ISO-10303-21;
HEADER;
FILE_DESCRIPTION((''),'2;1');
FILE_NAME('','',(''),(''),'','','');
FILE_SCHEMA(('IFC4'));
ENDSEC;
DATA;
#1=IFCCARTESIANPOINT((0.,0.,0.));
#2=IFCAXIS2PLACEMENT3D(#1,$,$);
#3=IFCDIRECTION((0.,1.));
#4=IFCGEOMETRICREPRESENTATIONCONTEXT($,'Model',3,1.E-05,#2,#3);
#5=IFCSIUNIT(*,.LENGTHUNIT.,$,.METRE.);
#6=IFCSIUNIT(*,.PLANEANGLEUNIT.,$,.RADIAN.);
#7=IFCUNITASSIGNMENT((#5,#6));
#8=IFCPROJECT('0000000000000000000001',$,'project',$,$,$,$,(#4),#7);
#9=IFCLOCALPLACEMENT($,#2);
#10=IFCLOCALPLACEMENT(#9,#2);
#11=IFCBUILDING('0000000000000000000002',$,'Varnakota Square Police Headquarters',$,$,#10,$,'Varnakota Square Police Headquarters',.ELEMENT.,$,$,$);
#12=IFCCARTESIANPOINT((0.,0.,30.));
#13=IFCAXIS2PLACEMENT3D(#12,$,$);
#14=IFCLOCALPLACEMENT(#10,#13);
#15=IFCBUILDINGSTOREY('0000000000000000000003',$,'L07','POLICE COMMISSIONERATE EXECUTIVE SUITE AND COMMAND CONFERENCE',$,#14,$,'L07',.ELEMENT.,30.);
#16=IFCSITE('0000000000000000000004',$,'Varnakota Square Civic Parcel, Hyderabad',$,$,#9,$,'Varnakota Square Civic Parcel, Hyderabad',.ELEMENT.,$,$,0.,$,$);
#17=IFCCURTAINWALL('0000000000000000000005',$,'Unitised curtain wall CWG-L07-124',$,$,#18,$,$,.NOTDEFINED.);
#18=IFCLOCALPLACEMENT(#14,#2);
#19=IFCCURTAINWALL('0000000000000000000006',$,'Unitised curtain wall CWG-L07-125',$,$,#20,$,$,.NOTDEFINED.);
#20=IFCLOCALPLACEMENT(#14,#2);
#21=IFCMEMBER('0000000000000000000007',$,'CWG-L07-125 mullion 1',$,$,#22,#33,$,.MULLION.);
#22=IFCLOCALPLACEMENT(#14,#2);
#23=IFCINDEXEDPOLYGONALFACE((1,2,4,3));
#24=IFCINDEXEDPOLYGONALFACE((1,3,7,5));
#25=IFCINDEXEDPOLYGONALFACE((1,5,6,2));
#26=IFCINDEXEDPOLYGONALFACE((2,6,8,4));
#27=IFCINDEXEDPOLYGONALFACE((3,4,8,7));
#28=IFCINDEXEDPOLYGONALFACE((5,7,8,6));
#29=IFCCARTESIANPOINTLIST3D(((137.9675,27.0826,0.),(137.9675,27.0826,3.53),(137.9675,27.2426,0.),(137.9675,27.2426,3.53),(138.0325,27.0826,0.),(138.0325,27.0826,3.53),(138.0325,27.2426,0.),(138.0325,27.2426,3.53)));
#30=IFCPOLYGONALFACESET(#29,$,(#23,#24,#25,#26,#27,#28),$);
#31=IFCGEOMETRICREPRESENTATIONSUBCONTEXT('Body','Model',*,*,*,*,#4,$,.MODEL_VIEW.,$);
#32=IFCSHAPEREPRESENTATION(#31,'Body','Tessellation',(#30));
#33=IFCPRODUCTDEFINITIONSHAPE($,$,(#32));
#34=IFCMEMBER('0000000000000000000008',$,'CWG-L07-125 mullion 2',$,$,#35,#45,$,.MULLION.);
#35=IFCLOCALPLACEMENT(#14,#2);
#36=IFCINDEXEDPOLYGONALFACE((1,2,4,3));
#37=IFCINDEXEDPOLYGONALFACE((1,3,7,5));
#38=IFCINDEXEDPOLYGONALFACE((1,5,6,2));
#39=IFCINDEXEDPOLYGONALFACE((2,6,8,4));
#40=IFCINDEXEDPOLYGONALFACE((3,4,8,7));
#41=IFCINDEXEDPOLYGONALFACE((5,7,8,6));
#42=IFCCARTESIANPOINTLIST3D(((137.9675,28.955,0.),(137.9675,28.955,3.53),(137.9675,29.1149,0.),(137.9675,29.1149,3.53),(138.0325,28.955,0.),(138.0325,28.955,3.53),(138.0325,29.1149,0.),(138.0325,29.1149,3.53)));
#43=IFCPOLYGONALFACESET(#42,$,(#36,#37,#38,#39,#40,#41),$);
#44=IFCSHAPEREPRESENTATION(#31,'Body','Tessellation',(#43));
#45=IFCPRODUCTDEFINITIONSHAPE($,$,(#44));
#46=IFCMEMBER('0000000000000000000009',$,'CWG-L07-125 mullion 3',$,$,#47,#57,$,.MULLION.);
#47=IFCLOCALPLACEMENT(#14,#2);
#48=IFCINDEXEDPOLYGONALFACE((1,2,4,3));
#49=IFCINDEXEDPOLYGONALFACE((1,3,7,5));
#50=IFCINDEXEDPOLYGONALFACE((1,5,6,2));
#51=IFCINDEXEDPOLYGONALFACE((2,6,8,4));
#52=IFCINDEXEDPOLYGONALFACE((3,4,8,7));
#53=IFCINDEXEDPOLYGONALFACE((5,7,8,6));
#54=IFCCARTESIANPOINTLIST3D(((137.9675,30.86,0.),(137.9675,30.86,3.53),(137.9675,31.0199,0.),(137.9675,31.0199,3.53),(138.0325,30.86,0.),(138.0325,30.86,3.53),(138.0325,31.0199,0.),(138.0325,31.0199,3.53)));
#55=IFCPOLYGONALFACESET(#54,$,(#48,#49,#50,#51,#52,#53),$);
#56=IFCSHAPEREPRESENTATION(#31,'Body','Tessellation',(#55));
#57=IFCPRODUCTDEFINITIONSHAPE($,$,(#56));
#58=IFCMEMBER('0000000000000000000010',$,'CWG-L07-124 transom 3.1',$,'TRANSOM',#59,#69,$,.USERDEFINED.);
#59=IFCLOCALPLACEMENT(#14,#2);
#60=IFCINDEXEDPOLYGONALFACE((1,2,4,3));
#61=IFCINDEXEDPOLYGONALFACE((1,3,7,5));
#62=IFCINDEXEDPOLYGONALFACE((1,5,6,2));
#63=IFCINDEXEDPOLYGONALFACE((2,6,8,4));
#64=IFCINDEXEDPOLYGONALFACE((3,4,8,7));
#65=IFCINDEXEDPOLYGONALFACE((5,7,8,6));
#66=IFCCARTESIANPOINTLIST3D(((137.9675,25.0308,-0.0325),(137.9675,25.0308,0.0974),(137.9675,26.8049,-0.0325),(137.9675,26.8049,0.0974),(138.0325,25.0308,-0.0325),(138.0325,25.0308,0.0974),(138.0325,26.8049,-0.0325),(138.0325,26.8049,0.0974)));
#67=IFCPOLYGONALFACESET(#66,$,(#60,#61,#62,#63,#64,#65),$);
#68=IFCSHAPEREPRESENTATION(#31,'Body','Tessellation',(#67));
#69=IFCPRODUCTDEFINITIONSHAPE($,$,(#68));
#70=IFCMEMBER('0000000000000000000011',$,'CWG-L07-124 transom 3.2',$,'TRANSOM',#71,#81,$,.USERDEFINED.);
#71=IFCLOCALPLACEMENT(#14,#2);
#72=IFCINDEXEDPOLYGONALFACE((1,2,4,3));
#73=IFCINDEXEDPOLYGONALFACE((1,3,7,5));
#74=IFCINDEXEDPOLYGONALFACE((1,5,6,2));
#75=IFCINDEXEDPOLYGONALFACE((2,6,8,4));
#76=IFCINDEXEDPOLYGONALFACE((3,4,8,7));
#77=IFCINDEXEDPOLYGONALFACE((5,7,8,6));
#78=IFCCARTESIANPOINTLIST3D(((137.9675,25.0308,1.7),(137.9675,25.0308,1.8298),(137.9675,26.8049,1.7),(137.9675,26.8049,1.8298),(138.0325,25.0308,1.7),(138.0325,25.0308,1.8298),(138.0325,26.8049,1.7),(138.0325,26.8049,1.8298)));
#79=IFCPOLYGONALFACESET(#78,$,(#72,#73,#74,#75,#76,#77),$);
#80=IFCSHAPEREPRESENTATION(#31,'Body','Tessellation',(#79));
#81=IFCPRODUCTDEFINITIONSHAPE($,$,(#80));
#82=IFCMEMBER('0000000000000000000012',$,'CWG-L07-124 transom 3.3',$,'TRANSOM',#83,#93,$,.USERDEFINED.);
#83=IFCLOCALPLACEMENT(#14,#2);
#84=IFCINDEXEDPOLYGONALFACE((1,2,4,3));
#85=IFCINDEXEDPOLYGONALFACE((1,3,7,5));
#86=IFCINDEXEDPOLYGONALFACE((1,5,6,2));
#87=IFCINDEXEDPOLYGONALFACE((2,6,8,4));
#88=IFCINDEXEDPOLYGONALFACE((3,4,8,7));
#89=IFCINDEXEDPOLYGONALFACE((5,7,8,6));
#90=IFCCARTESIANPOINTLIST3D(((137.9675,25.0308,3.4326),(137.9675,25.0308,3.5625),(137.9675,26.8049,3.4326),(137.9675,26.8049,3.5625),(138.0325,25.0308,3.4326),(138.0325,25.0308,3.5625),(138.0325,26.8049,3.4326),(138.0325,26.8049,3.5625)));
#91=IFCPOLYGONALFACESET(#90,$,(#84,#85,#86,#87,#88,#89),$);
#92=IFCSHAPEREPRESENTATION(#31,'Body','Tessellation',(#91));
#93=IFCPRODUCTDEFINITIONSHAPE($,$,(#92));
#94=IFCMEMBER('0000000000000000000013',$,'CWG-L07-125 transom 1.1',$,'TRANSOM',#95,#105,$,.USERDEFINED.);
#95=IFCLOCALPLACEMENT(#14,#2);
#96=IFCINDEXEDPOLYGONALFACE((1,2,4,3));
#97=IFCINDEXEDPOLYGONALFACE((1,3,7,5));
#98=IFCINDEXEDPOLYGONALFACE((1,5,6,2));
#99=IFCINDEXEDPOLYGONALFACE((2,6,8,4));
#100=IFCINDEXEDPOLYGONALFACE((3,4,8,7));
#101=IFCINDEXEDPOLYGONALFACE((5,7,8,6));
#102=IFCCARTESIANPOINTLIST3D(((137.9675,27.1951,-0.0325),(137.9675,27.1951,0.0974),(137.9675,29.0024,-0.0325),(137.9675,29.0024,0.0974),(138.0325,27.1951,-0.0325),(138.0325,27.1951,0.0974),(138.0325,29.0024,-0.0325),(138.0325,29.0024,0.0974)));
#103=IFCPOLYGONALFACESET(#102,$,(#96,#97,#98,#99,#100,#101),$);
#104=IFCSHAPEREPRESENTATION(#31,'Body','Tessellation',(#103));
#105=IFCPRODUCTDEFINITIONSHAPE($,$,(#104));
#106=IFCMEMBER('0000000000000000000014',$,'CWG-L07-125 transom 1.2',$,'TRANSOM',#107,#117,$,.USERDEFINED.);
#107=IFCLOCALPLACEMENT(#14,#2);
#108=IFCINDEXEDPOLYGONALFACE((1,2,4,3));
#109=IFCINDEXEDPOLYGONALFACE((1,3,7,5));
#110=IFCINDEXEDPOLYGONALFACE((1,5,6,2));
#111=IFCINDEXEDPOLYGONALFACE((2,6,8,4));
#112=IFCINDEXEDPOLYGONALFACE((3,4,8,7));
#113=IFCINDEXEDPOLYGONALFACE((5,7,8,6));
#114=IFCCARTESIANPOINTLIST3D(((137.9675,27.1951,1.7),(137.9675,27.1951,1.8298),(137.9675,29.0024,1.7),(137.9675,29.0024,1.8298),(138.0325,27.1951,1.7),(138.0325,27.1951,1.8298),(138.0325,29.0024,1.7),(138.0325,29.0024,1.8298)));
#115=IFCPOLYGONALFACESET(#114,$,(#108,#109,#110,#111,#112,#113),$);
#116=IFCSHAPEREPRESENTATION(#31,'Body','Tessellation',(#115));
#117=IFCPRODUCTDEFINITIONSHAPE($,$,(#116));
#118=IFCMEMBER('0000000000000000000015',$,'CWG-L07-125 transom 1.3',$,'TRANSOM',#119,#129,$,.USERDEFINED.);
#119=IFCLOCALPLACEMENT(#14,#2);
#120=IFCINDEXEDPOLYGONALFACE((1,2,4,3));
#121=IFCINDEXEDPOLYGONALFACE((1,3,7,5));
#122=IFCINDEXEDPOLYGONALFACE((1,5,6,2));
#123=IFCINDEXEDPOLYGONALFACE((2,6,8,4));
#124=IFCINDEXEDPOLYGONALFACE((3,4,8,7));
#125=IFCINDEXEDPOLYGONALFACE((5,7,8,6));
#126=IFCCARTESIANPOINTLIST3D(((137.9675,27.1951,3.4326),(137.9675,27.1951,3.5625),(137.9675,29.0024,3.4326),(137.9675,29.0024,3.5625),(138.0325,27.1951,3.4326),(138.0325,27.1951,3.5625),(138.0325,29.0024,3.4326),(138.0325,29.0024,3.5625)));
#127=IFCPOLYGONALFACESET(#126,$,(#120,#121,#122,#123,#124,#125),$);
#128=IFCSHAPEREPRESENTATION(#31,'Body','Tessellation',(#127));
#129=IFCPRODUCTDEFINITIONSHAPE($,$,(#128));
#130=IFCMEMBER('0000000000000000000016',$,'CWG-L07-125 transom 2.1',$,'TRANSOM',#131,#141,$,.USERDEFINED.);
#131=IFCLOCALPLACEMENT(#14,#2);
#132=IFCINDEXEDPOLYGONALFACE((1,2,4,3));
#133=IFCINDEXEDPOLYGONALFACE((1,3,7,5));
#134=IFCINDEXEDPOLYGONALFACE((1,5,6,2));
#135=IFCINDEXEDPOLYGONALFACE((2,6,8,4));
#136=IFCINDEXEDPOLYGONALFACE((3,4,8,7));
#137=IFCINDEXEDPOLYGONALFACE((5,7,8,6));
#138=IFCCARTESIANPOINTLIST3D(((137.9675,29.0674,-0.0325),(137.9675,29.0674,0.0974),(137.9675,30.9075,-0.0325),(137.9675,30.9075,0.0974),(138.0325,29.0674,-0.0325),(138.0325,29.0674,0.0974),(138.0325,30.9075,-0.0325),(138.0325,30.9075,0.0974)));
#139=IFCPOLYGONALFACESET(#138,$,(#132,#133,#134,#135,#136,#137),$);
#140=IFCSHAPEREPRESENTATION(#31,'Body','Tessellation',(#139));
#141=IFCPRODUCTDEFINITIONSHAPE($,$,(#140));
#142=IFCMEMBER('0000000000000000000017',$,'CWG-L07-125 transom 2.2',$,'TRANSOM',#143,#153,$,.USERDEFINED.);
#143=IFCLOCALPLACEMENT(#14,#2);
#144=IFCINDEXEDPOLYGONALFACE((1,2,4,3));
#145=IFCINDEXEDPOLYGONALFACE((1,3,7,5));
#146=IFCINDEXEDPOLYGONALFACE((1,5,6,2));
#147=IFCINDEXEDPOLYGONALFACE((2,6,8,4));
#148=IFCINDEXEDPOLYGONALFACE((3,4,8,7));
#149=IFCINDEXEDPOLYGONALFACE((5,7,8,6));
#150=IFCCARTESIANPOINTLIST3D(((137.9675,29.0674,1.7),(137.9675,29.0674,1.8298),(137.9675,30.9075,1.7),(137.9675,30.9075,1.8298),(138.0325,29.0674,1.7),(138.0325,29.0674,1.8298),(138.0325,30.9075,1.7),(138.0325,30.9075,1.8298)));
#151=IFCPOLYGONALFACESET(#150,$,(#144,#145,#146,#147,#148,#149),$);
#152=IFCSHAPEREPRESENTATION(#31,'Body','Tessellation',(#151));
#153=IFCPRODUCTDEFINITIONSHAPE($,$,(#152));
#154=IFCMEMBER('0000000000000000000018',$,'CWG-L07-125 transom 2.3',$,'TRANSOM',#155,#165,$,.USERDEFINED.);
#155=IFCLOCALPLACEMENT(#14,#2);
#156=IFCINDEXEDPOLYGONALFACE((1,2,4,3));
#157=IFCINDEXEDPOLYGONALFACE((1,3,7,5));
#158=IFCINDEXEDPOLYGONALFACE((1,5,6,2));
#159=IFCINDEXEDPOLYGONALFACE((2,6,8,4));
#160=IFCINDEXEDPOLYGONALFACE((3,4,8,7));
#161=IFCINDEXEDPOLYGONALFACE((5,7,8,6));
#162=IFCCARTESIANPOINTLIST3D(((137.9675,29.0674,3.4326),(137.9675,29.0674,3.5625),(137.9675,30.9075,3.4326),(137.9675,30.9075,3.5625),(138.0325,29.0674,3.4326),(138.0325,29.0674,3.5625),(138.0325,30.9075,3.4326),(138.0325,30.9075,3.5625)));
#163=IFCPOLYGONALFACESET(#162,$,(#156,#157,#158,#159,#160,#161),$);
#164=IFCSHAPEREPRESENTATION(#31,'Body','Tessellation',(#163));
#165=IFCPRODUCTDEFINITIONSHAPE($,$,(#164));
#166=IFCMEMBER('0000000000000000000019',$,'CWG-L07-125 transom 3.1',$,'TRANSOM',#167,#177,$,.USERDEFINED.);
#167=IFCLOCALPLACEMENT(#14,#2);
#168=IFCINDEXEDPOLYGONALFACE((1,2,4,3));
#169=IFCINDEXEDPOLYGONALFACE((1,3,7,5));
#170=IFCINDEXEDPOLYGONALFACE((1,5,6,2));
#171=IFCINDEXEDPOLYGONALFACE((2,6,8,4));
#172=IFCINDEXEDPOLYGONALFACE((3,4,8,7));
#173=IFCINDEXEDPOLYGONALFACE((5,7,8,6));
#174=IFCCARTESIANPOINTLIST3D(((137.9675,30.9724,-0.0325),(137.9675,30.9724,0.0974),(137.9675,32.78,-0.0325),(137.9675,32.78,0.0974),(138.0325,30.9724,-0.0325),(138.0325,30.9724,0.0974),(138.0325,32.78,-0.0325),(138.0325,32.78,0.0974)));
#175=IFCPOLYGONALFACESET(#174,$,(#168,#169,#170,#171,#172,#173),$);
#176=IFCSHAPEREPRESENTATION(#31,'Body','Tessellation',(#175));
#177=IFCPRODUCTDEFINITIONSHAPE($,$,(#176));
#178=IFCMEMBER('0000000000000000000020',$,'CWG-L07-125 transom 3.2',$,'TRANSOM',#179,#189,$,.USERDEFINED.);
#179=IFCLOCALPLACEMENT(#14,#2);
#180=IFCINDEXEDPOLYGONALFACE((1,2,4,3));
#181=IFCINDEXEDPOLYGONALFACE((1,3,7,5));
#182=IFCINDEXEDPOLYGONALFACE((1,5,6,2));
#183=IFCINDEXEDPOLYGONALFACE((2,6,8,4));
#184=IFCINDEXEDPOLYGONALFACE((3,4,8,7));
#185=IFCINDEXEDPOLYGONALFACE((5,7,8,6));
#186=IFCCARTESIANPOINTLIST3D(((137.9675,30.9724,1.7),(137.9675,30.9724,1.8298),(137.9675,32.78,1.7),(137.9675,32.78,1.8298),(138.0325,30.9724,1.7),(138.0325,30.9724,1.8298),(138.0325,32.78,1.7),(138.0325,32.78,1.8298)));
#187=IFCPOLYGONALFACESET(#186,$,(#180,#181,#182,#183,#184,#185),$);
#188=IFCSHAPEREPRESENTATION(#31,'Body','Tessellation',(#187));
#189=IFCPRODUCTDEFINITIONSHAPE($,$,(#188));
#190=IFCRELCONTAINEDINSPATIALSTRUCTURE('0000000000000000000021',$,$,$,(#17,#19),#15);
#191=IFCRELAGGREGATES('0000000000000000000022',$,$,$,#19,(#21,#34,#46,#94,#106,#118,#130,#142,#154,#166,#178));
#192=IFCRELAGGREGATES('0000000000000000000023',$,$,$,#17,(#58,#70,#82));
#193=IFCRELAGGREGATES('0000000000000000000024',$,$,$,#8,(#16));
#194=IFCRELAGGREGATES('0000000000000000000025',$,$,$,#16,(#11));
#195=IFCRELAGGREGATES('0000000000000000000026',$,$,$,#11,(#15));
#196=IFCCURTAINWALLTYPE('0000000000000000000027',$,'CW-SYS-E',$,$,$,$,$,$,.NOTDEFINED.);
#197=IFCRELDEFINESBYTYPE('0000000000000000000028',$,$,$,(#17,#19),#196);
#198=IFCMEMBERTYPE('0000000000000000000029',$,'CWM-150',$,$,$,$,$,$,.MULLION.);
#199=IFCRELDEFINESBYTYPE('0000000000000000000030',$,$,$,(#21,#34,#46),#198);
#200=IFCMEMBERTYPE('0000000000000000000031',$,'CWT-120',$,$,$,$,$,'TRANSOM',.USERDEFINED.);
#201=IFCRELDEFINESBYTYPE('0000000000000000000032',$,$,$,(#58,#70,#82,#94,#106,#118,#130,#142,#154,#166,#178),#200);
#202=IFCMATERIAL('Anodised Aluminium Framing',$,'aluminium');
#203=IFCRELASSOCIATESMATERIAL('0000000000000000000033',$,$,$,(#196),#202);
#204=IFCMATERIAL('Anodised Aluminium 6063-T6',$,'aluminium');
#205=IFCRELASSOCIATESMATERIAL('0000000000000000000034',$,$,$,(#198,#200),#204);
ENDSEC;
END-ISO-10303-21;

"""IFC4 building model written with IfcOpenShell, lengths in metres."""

from ifc_helpers import new_model, si_unit, direction, frame, origin, origin_2d, place, context, subcontext, project, spatial, rectangle, extrude, material, material_profile, profile_set, type_object, element, aggregate, save


model = new_model("IFC4")

# Units and contexts
model_context = context("Model", 3, precision=1e-05, world=origin(), true_north=direction((0.0, 1.0)))
body_context = subcontext(model_context, "Body", "Model", "MODEL_VIEW")
ifc_project = project(units=[si_unit("LENGTHUNIT", "METRE"), si_unit("PLANEANGLEUNIT", "RADIAN")], contexts=[model_context])

# Site, building, storey
site_placement = place(None, origin())
site = spatial("IfcSite", under=ifc_project, at=site_placement, Name="Varnakota Square Civic Parcel, Hyderabad", LongName="Varnakota Square Civic Parcel, Hyderabad", CompositionType="ELEMENT", RefElevation=0.0)
building_placement = place(site_placement, origin())
building = spatial("IfcBuilding", under=site, at=building_placement, Name="Varnakota Square Police Headquarters", LongName="Varnakota Square Police Headquarters", CompositionType="ELEMENT")
storey_placement = place(building_placement, frame((0.0, 0.0, 30.0)))
storey = spatial("IfcBuildingStorey", under=building, at=storey_placement, Name="L07", Description="POLICE COMMISSIONERATE EXECUTIVE SUITE AND COMMAND CONFERENCE", LongName="L07", CompositionType="ELEMENT", Elevation=30.0)

# Curtain walls, members
ifc_material_1 = material(Name="Anodised Aluminium Framing", Category="aluminium")
curtain_wall_type = type_object("IfcCurtainWallType", Name="CW-SYS-E", PredefinedType="NOTDEFINED", material=ifc_material_1)
curtain_wall_1_placement = place(storey_placement, origin())
curtain_wall_1 = element("IfcCurtainWall", 1, at=curtain_wall_1_placement, inside=storey, type_object=curtain_wall_type, Name="Unitised curtain wall CWG-L07-124", PredefinedType="NOTDEFINED")
ifc_material_2 = material(Name="Anodised Aluminium 6063-T6", Category="aluminium")
ifc_material_profile_1 = material_profile(ifc_material_2, rectangle(XDim=0.0649, YDim=0.1599, at=origin_2d()), Name="ALU MULLION 65x160")
ifc_profile_set_1 = profile_set([ifc_material_profile_1], Name="Anodised Aluminium 6063-T6")
member_type_1 = type_object("IfcMemberType", Name="CWM-150", PredefinedType="MULLION", material=ifc_profile_set_1)
curtain_wall_2_placement = place(storey_placement, origin())
curtain_wall_2 = element("IfcCurtainWall", 2, at=curtain_wall_2_placement, inside=storey, type_object=curtain_wall_type, Name="Unitised curtain wall CWG-L07-125", PredefinedType="NOTDEFINED")
member_1_placement = place(storey_placement, frame((138.0, 27.1626, 0.0), z_axis=(0.0, 0.0, 1.0), x_axis=(-1.0, 0.0, 0.0)))
member_1 = element("IfcMember", 3, at=member_1_placement, type_object=member_type_1, Name="CWG-L07-125 mullion 1", PredefinedType="MULLION", context=body_context, shape_type="SweptSolid", body=[
    extrude(rectangle(XDim=0.0649, YDim=0.1599, at=origin_2d()), origin(), (0.0, 0.0, 1.0), 3.53),
])
member_2_placement = place(storey_placement, frame((138.0, 29.0349, 0.0), z_axis=(0.0, 0.0, 1.0), x_axis=(-1.0, 0.0, 0.0)))
member_2 = element("IfcMember", 4, at=member_2_placement, type_object=member_type_1, Name="CWG-L07-125 mullion 2", PredefinedType="MULLION", context=body_context, shape_type="SweptSolid", body=[
    extrude(rectangle(XDim=0.0649, YDim=0.1599, at=origin_2d()), origin(), (0.0, 0.0, 1.0), 3.53),
])
member_3_placement = place(storey_placement, frame((138.0, 30.9399, 0.0), z_axis=(0.0, 0.0, 1.0), x_axis=(-1.0, 0.0, 0.0)))
member_3 = element("IfcMember", 5, at=member_3_placement, type_object=member_type_1, Name="CWG-L07-125 mullion 3", PredefinedType="MULLION", context=body_context, shape_type="SweptSolid", body=[
    extrude(rectangle(XDim=0.0649, YDim=0.1599, at=origin_2d()), origin(), (0.0, 0.0, 1.0), 3.53),
])

# Members
ifc_material_profile_2 = material_profile(ifc_material_2, rectangle(XDim=0.0649, YDim=0.1299, at=origin_2d()), Name="ALU TRANSOM 65x130")
ifc_profile_set_2 = profile_set([ifc_material_profile_2], Name="Anodised Aluminium 6063-T6")
member_type_2 = type_object("IfcMemberType", Name="CWT-120", ElementType="TRANSOM", PredefinedType="USERDEFINED", material=ifc_profile_set_2)
member_4_placement = place(storey_placement, frame((138.0, 25.0308, 0.0325), z_axis=(0.0, 1.0, 0.0), x_axis=(-1.0, 0.0, 0.0)))
member_4 = element("IfcMember", 6, at=member_4_placement, type_object=member_type_2, Name="CWG-L07-124 transom 3.1", ObjectType="TRANSOM", PredefinedType="USERDEFINED", context=body_context, shape_type="SweptSolid", body=[
    extrude(rectangle(XDim=0.0649, YDim=0.1299, at=origin_2d()), origin(), (0.0, 0.0, 1.0), 1.7742),
])
member_5_placement = place(storey_placement, frame((138.0, 25.0308, 1.7649), z_axis=(0.0, 1.0, 0.0), x_axis=(-1.0, 0.0, 0.0)))
member_5 = element("IfcMember", 7, at=member_5_placement, type_object=member_type_2, Name="CWG-L07-124 transom 3.2", ObjectType="TRANSOM", PredefinedType="USERDEFINED", context=body_context, shape_type="SweptSolid", body=[
    extrude(rectangle(XDim=0.0649, YDim=0.1299, at=origin_2d()), origin(), (0.0, 0.0, 1.0), 1.7742),
])
member_6_placement = place(storey_placement, frame((138.0, 25.0308, 3.4976), z_axis=(0.0, 1.0, 0.0), x_axis=(-1.0, 0.0, 0.0)))
member_6 = element("IfcMember", 8, at=member_6_placement, type_object=member_type_2, Name="CWG-L07-124 transom 3.3", ObjectType="TRANSOM", PredefinedType="USERDEFINED", context=body_context, shape_type="SweptSolid", body=[
    extrude(rectangle(XDim=0.0649, YDim=0.1299, at=origin_2d()), origin(), (0.0, 0.0, 1.0), 1.7742),
])
member_7_placement = place(storey_placement, frame((138.0, 27.1951, 0.0325), z_axis=(0.0, 1.0, 0.0), x_axis=(-1.0, 0.0, 0.0)))
member_7 = element("IfcMember", 9, at=member_7_placement, type_object=member_type_2, Name="CWG-L07-125 transom 1.1", ObjectType="TRANSOM", PredefinedType="USERDEFINED", context=body_context, shape_type="SweptSolid", body=[
    extrude(rectangle(XDim=0.0649, YDim=0.1299, at=origin_2d()), origin(), (0.0, 0.0, 1.0), 1.8074),
])
member_8_placement = place(storey_placement, frame((138.0, 27.1951, 1.7649), z_axis=(0.0, 1.0, 0.0), x_axis=(-1.0, 0.0, 0.0)))
member_8 = element("IfcMember", 10, at=member_8_placement, type_object=member_type_2, Name="CWG-L07-125 transom 1.2", ObjectType="TRANSOM", PredefinedType="USERDEFINED", context=body_context, shape_type="SweptSolid", body=[
    extrude(rectangle(XDim=0.0649, YDim=0.1299, at=origin_2d()), origin(), (0.0, 0.0, 1.0), 1.8074),
])
member_9_placement = place(storey_placement, frame((138.0, 27.1951, 3.4976), z_axis=(0.0, 1.0, 0.0), x_axis=(-1.0, 0.0, 0.0)))
member_9 = element("IfcMember", 11, at=member_9_placement, type_object=member_type_2, Name="CWG-L07-125 transom 1.3", ObjectType="TRANSOM", PredefinedType="USERDEFINED", context=body_context, shape_type="SweptSolid", body=[
    extrude(rectangle(XDim=0.0649, YDim=0.1299, at=origin_2d()), origin(), (0.0, 0.0, 1.0), 1.8074),
])
member_10_placement = place(storey_placement, frame((138.0, 29.0674, 0.0325), z_axis=(0.0, 1.0, 0.0), x_axis=(-1.0, 0.0, 0.0)))
member_10 = element("IfcMember", 12, at=member_10_placement, type_object=member_type_2, Name="CWG-L07-125 transom 2.1", ObjectType="TRANSOM", PredefinedType="USERDEFINED", context=body_context, shape_type="SweptSolid", body=[
    extrude(rectangle(XDim=0.0649, YDim=0.1299, at=origin_2d()), origin(), (0.0, 0.0, 1.0), 1.8401),
])
member_11_placement = place(storey_placement, frame((138.0, 29.0674, 1.7649), z_axis=(0.0, 1.0, 0.0), x_axis=(-1.0, 0.0, 0.0)))
member_11 = element("IfcMember", 13, at=member_11_placement, type_object=member_type_2, Name="CWG-L07-125 transom 2.2", ObjectType="TRANSOM", PredefinedType="USERDEFINED", context=body_context, shape_type="SweptSolid", body=[
    extrude(rectangle(XDim=0.0649, YDim=0.1299, at=origin_2d()), origin(), (0.0, 0.0, 1.0), 1.8401),
])
member_12_placement = place(storey_placement, frame((138.0, 29.0674, 3.4976), z_axis=(0.0, 1.0, 0.0), x_axis=(-1.0, 0.0, 0.0)))
member_12 = element("IfcMember", 14, at=member_12_placement, type_object=member_type_2, Name="CWG-L07-125 transom 2.3", ObjectType="TRANSOM", PredefinedType="USERDEFINED", context=body_context, shape_type="SweptSolid", body=[
    extrude(rectangle(XDim=0.0649, YDim=0.1299, at=origin_2d()), origin(), (0.0, 0.0, 1.0), 1.8401),
])
member_13_placement = place(storey_placement, frame((138.0, 30.9724, 0.0325), z_axis=(0.0, 1.0, 0.0), x_axis=(-1.0, 0.0, 0.0)))
member_13 = element("IfcMember", 15, at=member_13_placement, type_object=member_type_2, Name="CWG-L07-125 transom 3.1", ObjectType="TRANSOM", PredefinedType="USERDEFINED", context=body_context, shape_type="SweptSolid", body=[
    extrude(rectangle(XDim=0.0649, YDim=0.1299, at=origin_2d()), origin(), (0.0, 0.0, 1.0), 1.8076),
])
member_14_placement = place(storey_placement, frame((138.0, 30.9724, 1.7649), z_axis=(0.0, 1.0, 0.0), x_axis=(-1.0, 0.0, 0.0)))
member_14 = element("IfcMember", 16, at=member_14_placement, type_object=member_type_2, Name="CWG-L07-125 transom 3.2", ObjectType="TRANSOM", PredefinedType="USERDEFINED", context=body_context, shape_type="SweptSolid", body=[
    extrude(rectangle(XDim=0.0649, YDim=0.1299, at=origin_2d()), origin(), (0.0, 0.0, 1.0), 1.8076),
])

aggregate(curtain_wall_2, [member_1, member_2, member_3, member_7, member_8, member_9, member_10, member_11, member_12, member_13, member_14])
aggregate(curtain_wall_1, [member_4, member_5, member_6])

save(model, "model.ifc")
